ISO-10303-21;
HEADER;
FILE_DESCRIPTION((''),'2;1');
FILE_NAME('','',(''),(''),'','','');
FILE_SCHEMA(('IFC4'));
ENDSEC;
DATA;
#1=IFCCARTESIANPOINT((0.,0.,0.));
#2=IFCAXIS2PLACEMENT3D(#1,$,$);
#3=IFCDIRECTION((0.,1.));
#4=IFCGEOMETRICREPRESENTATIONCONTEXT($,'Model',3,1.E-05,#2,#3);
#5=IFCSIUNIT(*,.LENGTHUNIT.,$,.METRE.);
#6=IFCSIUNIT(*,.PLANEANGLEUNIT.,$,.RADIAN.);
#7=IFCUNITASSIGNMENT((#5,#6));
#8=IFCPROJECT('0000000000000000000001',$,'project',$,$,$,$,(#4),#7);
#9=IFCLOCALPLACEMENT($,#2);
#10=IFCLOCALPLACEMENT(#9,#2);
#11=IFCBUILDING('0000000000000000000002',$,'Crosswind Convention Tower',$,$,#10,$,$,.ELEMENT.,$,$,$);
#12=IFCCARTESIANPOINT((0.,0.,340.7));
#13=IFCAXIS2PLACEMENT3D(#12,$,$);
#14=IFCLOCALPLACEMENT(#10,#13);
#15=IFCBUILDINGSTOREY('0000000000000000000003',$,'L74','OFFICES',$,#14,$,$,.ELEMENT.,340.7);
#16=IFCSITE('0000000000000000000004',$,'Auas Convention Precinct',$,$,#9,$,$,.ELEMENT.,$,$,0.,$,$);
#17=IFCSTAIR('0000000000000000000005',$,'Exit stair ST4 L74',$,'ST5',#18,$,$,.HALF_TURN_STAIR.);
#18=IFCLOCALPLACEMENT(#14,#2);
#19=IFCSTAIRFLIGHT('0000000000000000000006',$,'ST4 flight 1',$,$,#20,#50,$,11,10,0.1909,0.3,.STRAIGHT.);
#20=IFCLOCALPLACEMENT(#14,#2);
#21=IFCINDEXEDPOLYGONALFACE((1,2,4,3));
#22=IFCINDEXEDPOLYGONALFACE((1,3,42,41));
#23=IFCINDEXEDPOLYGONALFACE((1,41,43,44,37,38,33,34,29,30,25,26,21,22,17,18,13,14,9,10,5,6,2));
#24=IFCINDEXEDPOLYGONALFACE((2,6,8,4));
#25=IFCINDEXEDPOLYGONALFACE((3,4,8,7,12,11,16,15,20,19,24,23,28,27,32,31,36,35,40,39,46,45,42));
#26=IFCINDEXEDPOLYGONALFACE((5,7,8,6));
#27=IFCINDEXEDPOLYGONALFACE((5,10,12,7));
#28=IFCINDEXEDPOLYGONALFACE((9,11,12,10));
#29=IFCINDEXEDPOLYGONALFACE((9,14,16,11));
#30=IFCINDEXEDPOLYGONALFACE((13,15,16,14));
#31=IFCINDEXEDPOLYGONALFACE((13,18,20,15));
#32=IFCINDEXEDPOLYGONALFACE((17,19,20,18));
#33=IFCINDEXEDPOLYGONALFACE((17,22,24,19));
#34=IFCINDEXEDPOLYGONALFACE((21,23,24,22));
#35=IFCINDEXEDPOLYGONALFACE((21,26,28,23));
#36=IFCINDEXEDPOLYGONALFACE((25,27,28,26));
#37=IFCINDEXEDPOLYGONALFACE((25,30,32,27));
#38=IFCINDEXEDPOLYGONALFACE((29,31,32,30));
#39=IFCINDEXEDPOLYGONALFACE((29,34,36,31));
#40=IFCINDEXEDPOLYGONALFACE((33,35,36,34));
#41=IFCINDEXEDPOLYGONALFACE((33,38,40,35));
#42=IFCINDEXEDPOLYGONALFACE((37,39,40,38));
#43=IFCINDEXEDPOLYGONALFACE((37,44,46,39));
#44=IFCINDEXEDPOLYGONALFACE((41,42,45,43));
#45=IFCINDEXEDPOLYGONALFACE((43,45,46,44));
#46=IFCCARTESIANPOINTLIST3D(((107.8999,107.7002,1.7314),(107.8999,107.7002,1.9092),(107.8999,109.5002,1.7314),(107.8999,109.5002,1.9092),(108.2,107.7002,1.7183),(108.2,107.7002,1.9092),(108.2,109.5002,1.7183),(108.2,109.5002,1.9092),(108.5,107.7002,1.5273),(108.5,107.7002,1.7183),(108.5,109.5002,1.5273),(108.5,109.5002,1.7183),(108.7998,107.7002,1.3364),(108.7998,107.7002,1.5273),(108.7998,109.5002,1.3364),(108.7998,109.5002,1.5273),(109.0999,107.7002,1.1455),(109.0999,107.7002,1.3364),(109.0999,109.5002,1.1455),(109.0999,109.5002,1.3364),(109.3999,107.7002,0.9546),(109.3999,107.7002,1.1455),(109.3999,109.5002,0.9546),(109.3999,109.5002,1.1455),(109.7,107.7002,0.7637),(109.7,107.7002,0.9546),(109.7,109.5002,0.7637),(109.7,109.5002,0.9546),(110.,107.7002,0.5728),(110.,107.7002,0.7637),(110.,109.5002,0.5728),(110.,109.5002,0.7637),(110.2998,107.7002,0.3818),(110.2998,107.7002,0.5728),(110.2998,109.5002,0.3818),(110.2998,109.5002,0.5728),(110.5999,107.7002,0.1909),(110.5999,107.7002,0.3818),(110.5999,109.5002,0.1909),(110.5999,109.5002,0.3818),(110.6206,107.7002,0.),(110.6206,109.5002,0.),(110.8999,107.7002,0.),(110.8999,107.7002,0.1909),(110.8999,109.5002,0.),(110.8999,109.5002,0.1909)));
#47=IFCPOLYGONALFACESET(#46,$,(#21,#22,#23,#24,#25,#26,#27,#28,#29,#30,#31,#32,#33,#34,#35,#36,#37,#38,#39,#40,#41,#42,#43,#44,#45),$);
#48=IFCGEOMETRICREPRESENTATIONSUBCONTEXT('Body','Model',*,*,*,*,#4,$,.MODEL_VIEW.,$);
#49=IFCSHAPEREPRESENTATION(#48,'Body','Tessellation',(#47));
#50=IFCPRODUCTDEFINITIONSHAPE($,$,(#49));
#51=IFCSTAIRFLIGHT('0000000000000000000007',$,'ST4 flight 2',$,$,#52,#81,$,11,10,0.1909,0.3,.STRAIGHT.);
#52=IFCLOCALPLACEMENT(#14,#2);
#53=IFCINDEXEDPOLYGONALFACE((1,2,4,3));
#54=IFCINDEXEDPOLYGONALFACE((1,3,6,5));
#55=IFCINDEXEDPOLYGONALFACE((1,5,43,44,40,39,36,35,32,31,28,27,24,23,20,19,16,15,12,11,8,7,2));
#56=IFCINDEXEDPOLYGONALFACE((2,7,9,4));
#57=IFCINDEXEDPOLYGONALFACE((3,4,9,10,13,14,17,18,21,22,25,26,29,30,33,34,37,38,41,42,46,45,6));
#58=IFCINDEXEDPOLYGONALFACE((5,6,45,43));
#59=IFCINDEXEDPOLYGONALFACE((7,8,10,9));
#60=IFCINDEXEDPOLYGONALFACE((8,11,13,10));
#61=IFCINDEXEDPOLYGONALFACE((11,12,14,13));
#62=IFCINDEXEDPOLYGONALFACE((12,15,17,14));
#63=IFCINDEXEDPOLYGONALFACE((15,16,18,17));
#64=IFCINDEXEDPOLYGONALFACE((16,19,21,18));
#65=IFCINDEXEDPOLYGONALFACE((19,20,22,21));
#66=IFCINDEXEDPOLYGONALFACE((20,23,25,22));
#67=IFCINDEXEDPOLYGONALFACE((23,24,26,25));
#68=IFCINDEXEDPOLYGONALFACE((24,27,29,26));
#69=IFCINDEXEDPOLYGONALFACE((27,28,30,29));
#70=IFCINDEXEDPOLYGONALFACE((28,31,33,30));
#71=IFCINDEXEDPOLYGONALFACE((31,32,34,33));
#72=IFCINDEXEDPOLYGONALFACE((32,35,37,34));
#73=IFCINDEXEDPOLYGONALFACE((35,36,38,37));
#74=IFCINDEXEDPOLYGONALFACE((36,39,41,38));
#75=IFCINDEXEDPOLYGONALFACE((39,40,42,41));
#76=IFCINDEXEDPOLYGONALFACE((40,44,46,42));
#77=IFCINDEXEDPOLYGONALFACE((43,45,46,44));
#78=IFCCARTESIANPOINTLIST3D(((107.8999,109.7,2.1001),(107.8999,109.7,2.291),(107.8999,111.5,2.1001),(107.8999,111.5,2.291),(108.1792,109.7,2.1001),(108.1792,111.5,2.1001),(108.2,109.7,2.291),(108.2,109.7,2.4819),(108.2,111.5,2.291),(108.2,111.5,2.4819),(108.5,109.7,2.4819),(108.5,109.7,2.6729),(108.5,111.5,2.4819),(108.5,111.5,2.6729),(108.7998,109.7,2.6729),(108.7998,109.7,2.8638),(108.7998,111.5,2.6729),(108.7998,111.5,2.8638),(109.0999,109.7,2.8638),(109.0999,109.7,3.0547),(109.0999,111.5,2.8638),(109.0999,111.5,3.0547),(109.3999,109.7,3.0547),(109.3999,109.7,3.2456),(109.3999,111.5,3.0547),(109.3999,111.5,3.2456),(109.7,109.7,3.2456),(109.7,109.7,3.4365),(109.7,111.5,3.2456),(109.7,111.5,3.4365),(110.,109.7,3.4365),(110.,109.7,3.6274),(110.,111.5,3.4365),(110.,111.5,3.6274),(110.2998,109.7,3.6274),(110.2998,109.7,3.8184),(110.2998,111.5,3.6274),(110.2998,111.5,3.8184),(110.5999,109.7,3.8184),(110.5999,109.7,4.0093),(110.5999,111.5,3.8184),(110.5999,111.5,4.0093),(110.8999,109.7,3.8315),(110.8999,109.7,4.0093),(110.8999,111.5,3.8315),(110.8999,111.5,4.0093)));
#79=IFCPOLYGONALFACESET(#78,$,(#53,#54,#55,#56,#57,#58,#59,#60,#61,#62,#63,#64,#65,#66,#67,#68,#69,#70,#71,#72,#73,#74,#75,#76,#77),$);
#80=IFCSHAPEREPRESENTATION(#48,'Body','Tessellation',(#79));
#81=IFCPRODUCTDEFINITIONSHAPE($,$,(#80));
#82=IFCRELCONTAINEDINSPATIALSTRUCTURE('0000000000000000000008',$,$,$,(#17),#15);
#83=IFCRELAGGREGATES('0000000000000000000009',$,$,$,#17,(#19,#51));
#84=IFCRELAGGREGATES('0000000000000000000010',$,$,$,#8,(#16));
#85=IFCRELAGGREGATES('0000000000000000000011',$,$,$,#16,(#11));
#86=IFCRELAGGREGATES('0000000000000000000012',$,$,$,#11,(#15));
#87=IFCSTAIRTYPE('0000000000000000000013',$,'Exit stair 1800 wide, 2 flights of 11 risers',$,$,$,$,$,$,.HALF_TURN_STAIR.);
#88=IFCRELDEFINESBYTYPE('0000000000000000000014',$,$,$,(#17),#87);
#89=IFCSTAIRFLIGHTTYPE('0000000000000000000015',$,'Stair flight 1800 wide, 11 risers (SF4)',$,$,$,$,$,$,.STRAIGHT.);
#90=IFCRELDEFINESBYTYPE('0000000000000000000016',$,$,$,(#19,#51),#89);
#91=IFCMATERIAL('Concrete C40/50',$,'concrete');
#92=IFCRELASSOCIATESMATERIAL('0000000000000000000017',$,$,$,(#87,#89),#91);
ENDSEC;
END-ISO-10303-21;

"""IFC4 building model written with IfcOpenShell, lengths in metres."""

from ifc_helpers import new_model, si_unit, direction, frame, origin, place, context, subcontext, project, spatial, polyline, outline, extrude, material, type_object, element, aggregate, save


model = new_model("IFC4")

# Units and contexts
model_context = context("Model", 3, precision=1e-05, world=origin(), true_north=direction((0.0, 1.0)))
body_context = subcontext(model_context, "Body", "Model", "MODEL_VIEW")
ifc_project = project(units=[si_unit("LENGTHUNIT", "METRE"), si_unit("PLANEANGLEUNIT", "RADIAN")], contexts=[model_context])

# Site, building, storey
site_placement = place(None, origin())
site = spatial("IfcSite", under=ifc_project, at=site_placement, Name="Auas Convention Precinct", CompositionType="ELEMENT", RefElevation=0.0)
building_placement = place(site_placement, origin())
building = spatial("IfcBuilding", under=site, at=building_placement, Name="Crosswind Convention Tower", CompositionType="ELEMENT")
storey_placement = place(building_placement, frame((0.0, 0.0, 340.7)))
storey = spatial("IfcBuildingStorey", under=building, at=storey_placement, Name="L74", Description="OFFICES", CompositionType="ELEMENT", Elevation=340.7)

# Stair, stair flights
ifc_material_1 = material(Name="Concrete C40/50", Category="concrete")
stair_type = type_object("IfcStairType", Name="Exit stair 1800 wide, 2 flights of 11 risers", PredefinedType="HALF_TURN_STAIR", material=ifc_material_1)
stair_placement = place(storey_placement, origin())
stair = element("IfcStair", 1, at=stair_placement, inside=storey, type_object=stair_type, Name="Exit stair ST4 L74", ObjectType="ST5", PredefinedType="HALF_TURN_STAIR")
stair_flight_type = type_object("IfcStairFlightType", Name="Stair flight 1800 wide, 11 risers (SF4)", PredefinedType="STRAIGHT", material=ifc_material_1)
stair_flight_1_placement = place(storey_placement, frame((110.8999, 108.6001, 0.0), z_axis=(0.0, 0.0, 1.0), x_axis=(-1.0, 0.0, 0.0)))
stair_flight_1 = element("IfcStairFlight", 2, at=stair_flight_1_placement, type_object=stair_flight_type, Name="ST4 flight 1", NumberOfRisers=11, NumberOfTreads=10, PredefinedType="STRAIGHT", RiserHeight=0.1909, TreadLength=0.3, context=body_context, shape_type="SweptSolid", body=[
    extrude(outline(polyline([(0.0, 0.0), (0.0, 0.1909), (0.3, 0.1909), (0.3, 0.3818), (0.6001, 0.3818), (0.6001, 0.5728), (0.8999, 0.5728), (0.8999, 0.7637), (1.2, 0.7637), (1.2, 0.9546), (1.5, 0.9546), (1.5, 1.1455), (1.8, 1.1455), (1.8, 1.3364), (2.1001, 1.3364), (2.1001, 1.5273), (2.3999, 1.5273), (2.3999, 1.7183), (2.7, 1.7183), (2.7, 1.9092), (3.0, 1.9092), (3.0, 2.1001), (3.0, 1.7314), (0.2793, 0.0), (0.0, 0.0)])), frame((0.0, 0.8999, 0.0), z_axis=(0.0, -1.0, 0.0), x_axis=(1.0, 0.0, 0.0)), (0.0, 0.0, 1.0), 1.8),
])
stair_flight_2_placement = place(storey_placement, frame((107.8999, 110.6001, 2.1001), z_axis=(0.0, 0.0, 1.0), x_axis=(1.0, 0.0, 0.0)))
stair_flight_2 = element("IfcStairFlight", 3, at=stair_flight_2_placement, type_object=stair_flight_type, Name="ST4 flight 2", NumberOfRisers=11, NumberOfTreads=10, PredefinedType="STRAIGHT", RiserHeight=0.1909, TreadLength=0.3, context=body_context, shape_type="SweptSolid", body=[
    extrude(outline(polyline([(0.0, 0.0), (0.0, 0.1909), (0.3, 0.1909), (0.3, 0.3818), (0.6001, 0.3818), (0.6001, 0.5728), (0.8999, 0.5728), (0.8999, 0.7637), (1.2, 0.7637), (1.2, 0.9546), (1.5, 0.9546), (1.5, 1.1455), (1.8, 1.1455), (1.8, 1.3364), (2.1001, 1.3364), (2.1001, 1.5273), (2.3999, 1.5273), (2.3999, 1.7183), (2.7, 1.7183), (2.7, 1.9092), (3.0, 1.9092), (3.0, 2.1001), (3.0, 1.7314), (0.2793, 0.0), (0.0, 0.0)])), frame((0.0, 0.8999, 0.0), z_axis=(0.0, -1.0, 0.0), x_axis=(1.0, 0.0, 0.0)), (0.0, 0.0, 1.0), 1.8),
])
aggregate(stair, [stair_flight_1, stair_flight_2])

save(model, "model.ifc")
